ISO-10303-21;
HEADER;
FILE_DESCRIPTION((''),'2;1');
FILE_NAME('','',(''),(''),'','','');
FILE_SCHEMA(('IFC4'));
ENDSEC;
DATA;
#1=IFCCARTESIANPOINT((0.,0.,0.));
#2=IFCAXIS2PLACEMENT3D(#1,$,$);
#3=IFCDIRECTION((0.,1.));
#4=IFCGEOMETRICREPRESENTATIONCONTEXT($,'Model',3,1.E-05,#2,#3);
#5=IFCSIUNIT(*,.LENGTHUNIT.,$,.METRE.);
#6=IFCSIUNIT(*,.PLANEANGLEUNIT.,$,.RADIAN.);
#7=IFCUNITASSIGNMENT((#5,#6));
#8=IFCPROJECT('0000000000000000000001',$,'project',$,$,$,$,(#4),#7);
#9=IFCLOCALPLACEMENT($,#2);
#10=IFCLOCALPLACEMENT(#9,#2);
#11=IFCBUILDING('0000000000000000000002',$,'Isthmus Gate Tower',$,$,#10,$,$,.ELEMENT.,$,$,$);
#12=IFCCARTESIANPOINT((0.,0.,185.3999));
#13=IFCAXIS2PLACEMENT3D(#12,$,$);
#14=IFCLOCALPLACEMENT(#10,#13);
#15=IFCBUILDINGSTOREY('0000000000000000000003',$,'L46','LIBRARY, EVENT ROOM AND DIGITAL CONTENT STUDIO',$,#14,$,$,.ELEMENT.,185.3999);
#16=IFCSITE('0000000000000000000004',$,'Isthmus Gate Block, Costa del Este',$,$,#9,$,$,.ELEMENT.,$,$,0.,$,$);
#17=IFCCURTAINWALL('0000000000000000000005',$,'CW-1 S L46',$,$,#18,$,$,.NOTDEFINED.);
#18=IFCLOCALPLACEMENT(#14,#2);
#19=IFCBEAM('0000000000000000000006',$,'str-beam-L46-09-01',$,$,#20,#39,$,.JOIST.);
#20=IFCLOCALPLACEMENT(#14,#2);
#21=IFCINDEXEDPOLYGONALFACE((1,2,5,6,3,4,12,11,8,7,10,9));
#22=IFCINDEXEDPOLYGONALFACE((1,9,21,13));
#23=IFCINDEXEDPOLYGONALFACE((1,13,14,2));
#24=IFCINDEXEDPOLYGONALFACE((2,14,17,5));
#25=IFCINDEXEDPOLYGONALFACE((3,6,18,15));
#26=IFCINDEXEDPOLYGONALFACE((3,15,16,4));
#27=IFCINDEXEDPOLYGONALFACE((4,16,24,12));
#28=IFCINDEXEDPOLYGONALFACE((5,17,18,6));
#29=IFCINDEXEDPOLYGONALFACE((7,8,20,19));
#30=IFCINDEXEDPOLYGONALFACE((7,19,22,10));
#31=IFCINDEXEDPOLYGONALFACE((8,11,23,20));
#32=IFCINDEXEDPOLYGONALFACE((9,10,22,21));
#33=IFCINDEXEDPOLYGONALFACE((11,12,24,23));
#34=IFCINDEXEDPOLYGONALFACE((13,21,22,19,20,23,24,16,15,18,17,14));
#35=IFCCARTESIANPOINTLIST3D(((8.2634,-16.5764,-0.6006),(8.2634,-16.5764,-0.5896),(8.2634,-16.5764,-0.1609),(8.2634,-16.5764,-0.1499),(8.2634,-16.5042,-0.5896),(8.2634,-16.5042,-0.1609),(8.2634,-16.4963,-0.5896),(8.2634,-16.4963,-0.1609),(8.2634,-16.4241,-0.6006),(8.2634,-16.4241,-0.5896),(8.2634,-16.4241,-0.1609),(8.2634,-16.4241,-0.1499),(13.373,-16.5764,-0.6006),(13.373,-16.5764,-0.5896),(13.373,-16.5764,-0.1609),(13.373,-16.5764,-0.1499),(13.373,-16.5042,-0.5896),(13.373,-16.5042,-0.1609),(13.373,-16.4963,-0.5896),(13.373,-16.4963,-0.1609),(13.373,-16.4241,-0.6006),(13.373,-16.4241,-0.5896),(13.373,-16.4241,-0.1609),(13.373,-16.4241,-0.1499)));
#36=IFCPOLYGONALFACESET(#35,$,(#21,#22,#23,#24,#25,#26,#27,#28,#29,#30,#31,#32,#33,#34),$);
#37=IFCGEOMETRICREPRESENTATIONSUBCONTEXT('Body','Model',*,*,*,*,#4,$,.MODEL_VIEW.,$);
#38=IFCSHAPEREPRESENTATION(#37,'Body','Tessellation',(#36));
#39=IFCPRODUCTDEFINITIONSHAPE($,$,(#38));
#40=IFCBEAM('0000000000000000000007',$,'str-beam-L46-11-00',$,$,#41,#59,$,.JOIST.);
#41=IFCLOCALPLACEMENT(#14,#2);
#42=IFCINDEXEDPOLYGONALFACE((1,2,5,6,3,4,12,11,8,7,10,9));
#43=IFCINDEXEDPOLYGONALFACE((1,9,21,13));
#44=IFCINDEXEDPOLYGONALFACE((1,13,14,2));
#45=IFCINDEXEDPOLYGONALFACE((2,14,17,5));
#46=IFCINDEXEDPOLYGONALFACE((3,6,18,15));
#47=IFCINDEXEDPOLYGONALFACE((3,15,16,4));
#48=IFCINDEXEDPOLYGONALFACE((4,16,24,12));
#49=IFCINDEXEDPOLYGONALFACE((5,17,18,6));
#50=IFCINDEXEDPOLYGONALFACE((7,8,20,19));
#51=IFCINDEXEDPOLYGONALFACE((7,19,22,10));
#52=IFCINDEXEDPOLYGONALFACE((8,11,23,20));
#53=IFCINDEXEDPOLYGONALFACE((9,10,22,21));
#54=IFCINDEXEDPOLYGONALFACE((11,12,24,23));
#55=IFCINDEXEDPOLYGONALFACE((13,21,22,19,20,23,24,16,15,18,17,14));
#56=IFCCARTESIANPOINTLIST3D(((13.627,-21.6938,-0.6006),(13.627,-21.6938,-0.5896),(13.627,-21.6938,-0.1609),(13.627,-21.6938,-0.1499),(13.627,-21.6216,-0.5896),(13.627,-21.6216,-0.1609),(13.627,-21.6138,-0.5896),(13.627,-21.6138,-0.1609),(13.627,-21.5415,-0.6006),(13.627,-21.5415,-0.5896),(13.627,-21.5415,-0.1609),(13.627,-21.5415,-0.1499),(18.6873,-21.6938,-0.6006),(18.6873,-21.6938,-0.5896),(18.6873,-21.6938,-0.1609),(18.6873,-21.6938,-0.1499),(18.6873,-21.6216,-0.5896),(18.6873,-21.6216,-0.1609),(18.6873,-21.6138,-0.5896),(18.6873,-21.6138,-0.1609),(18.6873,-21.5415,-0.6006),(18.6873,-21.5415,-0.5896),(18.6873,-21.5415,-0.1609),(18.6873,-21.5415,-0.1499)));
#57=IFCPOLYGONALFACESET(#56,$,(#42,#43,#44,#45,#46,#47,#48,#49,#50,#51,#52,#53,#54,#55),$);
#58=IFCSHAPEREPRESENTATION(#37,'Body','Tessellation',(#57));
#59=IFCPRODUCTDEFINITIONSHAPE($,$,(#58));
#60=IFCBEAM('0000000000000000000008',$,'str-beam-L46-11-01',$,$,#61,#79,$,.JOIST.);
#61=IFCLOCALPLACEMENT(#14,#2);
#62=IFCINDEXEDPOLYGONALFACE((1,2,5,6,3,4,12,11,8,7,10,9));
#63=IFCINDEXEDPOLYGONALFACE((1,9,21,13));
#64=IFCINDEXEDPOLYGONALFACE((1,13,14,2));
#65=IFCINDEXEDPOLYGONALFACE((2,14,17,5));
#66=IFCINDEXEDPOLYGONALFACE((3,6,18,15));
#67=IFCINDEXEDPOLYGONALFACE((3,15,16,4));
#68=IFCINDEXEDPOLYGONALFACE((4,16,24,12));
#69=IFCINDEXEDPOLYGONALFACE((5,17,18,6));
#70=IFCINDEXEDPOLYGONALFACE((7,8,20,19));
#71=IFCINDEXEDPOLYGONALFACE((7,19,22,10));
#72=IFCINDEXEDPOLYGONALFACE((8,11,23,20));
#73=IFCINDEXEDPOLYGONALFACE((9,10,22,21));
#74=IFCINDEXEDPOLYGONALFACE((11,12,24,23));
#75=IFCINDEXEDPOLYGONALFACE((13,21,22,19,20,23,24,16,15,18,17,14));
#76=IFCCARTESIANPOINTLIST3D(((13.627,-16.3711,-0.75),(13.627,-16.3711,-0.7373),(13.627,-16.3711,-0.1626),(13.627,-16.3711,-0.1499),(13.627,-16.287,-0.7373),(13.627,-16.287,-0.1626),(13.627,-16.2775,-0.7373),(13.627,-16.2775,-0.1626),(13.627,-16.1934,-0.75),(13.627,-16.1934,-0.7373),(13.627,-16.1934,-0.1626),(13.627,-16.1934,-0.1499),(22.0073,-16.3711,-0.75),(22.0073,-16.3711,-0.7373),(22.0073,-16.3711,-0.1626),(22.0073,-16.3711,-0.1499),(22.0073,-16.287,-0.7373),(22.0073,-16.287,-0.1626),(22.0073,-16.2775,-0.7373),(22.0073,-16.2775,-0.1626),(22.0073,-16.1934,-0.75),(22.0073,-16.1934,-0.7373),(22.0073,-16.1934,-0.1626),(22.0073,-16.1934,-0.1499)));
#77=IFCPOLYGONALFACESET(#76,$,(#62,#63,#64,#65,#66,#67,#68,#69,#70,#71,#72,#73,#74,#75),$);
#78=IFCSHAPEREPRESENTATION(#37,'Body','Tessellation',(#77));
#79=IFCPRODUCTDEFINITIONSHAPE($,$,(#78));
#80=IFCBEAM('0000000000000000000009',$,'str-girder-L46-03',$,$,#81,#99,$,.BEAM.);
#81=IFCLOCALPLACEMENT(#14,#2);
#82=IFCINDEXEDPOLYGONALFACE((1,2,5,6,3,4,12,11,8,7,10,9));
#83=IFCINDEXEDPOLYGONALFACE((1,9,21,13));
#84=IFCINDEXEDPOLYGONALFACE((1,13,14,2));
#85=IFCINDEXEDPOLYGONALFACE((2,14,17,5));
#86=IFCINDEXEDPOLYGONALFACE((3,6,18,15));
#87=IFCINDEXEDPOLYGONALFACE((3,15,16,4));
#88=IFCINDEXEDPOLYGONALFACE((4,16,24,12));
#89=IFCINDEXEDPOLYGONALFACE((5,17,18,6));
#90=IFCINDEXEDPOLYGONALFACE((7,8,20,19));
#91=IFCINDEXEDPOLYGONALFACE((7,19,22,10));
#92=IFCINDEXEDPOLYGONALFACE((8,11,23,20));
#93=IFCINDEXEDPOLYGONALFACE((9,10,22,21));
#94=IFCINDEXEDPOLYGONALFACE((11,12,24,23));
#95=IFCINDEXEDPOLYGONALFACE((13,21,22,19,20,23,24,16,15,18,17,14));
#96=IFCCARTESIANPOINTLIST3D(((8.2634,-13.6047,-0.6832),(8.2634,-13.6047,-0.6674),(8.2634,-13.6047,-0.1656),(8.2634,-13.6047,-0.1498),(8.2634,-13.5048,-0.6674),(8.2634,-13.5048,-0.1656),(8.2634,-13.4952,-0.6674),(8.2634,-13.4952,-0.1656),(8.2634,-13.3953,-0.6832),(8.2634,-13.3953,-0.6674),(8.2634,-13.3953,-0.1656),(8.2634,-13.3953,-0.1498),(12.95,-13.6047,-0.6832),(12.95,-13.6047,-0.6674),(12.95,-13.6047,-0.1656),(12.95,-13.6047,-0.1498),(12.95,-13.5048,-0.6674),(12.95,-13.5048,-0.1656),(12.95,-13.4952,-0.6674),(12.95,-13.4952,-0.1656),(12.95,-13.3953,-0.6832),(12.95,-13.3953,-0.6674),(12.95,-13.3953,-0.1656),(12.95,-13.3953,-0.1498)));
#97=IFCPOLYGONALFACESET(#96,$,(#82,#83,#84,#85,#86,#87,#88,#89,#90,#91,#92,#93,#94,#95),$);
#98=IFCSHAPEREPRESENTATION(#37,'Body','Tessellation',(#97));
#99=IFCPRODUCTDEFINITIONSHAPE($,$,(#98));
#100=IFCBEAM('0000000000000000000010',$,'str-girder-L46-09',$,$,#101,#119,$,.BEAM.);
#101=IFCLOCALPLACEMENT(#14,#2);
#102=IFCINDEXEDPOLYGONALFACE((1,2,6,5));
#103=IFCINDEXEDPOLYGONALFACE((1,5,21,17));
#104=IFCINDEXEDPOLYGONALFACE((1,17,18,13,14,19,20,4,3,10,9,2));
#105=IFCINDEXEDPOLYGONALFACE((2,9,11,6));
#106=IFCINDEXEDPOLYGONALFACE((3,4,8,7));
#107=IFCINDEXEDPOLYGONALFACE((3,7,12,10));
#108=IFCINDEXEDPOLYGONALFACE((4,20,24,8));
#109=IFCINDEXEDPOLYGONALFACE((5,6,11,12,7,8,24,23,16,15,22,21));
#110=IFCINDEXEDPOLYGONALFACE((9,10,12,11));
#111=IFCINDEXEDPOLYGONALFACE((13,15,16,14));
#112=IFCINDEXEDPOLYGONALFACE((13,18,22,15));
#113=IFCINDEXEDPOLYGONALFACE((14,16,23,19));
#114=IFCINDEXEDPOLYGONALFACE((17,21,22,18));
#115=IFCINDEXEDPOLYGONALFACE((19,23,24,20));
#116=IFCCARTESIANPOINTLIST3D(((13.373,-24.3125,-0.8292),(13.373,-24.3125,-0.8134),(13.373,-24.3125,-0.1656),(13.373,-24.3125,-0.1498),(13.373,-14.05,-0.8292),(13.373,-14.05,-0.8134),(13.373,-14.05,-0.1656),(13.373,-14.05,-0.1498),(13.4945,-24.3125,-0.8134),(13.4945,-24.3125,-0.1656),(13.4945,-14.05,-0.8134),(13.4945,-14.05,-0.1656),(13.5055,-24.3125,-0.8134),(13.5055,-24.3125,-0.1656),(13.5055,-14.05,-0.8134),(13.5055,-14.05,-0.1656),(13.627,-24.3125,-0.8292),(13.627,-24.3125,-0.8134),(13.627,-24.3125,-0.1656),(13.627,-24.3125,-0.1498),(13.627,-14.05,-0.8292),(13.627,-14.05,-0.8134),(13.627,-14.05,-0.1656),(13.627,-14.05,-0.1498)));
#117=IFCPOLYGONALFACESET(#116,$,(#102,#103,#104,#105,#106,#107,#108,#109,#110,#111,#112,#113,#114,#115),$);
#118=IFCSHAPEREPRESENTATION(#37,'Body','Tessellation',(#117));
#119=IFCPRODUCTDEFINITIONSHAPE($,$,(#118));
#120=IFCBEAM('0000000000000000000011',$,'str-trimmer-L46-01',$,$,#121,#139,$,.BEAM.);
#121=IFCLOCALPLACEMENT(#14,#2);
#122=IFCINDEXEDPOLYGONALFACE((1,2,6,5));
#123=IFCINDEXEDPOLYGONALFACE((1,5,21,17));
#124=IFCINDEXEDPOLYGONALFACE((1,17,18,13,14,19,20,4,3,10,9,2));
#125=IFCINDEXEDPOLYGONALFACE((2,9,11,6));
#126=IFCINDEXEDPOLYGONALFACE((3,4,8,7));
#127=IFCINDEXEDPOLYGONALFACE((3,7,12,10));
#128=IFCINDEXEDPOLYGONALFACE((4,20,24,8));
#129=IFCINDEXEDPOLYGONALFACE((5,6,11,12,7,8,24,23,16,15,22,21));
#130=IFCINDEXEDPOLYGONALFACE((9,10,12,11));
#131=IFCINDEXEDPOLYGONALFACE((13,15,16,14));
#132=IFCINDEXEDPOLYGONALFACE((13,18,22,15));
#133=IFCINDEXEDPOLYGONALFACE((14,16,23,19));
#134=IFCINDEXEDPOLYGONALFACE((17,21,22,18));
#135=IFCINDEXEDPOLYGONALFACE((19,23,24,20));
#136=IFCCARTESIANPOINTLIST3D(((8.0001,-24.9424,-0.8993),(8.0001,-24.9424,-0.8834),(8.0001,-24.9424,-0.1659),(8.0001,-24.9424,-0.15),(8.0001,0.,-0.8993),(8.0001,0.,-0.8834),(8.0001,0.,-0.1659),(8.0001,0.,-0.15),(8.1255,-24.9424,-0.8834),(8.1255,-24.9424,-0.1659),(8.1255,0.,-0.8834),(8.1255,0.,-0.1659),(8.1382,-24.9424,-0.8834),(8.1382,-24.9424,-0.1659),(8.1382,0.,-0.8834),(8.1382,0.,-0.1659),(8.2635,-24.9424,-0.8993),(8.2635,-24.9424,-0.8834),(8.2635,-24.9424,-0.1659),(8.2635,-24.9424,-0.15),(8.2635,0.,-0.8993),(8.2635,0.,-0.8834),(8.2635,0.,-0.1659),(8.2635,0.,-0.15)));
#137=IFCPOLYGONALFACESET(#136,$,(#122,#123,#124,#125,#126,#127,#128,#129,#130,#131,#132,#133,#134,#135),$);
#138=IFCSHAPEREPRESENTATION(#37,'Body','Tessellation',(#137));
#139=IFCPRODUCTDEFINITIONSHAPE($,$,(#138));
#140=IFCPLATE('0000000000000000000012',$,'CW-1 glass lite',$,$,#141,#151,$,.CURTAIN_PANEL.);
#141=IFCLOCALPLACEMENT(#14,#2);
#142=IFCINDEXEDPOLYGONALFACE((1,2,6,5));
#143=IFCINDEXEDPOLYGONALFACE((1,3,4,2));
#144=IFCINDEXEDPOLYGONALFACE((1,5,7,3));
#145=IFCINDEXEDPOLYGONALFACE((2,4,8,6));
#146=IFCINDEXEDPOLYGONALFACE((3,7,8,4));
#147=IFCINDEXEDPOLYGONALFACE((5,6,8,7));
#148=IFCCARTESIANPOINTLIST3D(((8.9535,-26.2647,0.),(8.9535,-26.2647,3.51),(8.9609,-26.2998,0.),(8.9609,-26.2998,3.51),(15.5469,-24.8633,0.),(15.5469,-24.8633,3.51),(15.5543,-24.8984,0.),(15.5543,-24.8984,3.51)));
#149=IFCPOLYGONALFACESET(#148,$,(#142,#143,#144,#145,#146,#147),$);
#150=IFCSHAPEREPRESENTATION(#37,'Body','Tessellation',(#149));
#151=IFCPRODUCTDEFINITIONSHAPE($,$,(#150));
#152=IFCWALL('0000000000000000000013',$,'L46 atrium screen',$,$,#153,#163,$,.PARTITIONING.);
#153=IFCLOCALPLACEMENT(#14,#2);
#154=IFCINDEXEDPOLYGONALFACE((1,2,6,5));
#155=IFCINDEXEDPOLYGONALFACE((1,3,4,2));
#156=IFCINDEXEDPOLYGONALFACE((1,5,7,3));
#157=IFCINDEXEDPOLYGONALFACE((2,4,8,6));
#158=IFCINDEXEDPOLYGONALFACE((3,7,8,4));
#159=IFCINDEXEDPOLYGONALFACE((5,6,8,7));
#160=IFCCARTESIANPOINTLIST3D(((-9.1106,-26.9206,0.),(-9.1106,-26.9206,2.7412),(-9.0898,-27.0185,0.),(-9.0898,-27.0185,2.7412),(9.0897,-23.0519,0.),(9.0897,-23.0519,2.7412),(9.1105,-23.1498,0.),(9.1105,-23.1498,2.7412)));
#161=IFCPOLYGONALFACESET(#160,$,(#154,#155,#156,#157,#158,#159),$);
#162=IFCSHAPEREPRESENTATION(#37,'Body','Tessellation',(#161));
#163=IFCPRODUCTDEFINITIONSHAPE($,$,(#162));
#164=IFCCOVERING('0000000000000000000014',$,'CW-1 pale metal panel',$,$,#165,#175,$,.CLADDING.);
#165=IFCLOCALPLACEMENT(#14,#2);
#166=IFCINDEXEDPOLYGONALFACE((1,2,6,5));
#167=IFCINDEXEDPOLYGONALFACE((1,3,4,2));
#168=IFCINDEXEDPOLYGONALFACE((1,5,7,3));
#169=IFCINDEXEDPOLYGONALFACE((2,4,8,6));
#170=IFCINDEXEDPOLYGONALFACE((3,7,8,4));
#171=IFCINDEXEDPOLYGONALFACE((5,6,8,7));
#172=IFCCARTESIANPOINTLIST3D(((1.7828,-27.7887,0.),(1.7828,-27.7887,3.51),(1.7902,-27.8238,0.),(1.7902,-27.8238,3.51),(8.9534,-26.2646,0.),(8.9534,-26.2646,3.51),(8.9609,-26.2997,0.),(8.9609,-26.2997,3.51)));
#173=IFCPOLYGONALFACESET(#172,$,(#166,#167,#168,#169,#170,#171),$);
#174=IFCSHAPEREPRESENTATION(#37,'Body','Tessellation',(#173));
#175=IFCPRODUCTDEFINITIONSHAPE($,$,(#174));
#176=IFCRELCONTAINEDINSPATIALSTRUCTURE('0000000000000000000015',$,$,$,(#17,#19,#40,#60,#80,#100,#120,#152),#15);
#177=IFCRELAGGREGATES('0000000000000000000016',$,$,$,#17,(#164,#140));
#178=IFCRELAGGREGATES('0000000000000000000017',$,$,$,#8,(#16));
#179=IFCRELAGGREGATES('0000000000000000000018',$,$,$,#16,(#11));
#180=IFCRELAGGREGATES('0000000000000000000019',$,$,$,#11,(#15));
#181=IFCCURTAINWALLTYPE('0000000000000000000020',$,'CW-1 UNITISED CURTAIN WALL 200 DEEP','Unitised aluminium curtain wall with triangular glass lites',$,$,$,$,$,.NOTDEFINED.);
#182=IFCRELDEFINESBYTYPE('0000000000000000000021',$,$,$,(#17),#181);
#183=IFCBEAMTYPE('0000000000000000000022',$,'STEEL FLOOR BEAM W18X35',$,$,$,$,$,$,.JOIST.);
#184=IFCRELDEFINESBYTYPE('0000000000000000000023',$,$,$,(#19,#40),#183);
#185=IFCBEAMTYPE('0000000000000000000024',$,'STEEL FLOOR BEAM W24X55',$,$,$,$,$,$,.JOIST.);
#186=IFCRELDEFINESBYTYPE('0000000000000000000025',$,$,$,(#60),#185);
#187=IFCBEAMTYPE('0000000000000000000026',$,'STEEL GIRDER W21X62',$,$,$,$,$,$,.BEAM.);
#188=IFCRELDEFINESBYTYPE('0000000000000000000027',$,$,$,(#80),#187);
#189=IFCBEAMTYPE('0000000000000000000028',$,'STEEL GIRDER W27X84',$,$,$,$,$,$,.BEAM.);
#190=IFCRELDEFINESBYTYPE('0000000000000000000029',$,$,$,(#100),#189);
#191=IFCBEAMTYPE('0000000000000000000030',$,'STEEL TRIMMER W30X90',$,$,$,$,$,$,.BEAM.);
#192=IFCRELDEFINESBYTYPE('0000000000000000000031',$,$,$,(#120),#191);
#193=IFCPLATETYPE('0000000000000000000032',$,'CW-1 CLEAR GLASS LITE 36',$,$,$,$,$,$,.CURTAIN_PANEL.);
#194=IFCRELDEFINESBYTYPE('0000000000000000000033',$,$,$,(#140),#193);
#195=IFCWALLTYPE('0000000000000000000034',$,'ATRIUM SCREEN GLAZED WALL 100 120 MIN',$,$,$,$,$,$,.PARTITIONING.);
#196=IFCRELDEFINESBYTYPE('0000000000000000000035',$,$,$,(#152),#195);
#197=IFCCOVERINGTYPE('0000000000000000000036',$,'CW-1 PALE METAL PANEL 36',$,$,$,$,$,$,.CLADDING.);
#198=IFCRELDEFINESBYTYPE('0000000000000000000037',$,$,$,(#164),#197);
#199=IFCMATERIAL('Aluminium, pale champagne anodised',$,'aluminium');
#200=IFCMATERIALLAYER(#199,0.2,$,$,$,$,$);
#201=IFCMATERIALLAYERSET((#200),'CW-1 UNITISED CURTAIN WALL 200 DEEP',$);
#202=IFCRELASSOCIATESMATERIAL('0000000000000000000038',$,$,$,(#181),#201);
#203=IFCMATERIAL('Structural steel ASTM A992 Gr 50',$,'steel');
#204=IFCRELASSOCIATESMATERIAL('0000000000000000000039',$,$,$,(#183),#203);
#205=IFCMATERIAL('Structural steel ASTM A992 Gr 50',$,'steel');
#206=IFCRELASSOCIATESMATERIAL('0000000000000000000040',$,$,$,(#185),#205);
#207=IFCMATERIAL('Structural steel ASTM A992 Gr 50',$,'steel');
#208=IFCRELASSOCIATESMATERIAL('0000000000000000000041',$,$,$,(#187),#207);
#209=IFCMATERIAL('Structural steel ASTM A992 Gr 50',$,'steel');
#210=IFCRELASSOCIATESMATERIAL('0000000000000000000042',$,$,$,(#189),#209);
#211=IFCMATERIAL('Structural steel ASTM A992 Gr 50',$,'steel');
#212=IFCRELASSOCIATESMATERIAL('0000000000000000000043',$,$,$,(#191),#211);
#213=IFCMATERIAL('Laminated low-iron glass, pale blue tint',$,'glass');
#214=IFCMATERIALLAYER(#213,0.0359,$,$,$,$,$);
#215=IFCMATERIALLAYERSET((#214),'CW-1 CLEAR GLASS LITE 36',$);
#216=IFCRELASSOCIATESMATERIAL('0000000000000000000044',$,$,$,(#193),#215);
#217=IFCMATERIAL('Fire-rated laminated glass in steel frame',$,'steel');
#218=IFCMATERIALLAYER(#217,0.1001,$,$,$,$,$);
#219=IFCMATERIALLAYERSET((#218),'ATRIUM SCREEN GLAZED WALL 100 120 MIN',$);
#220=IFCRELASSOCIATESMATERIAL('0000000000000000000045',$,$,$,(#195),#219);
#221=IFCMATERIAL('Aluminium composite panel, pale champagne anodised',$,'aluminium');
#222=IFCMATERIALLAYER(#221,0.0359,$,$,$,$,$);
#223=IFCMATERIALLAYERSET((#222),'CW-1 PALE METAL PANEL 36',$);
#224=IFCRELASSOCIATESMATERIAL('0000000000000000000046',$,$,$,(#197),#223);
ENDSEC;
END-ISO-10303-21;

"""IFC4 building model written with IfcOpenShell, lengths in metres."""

from ifc_helpers import new_model, si_unit, direction, frame, frame_2d, origin, origin_2d, place, context, subcontext, project, spatial, rectangle, i_section, extrude, material, layer, layer_set, material_profile, profile_set, type_object, element, aggregate, save


model = new_model("IFC4")

# Units and contexts
model_context = context("Model", 3, precision=1e-05, world=origin(), true_north=direction((0.0, 1.0)))
body_context = subcontext(model_context, "Body", "Model", "MODEL_VIEW")
ifc_project = project(units=[si_unit("LENGTHUNIT", "METRE"), si_unit("PLANEANGLEUNIT", "RADIAN")], contexts=[model_context])

# Site, building, storey
site_placement = place(None, origin())
site = spatial("IfcSite", under=ifc_project, at=site_placement, Name="Isthmus Gate Block, Costa del Este", CompositionType="ELEMENT", RefElevation=0.0)
building_placement = place(site_placement, origin())
building = spatial("IfcBuilding", under=site, at=building_placement, Name="Isthmus Gate Tower", CompositionType="ELEMENT")
storey_placement = place(building_placement, frame((0.0, 0.0, 185.3999)))
storey = spatial("IfcBuildingStorey", under=building, at=storey_placement, Name="L46", Description="LIBRARY, EVENT ROOM AND DIGITAL CONTENT STUDIO", CompositionType="ELEMENT", Elevation=185.3999)

# Curtain wall
ifc_material_1 = material(Name="Aluminium, pale champagne anodised", Category="aluminium")
ifc_layer_1 = layer(ifc_material_1, 0.2)
ifc_layer_set_1 = layer_set([ifc_layer_1], Name="CW-1 UNITISED CURTAIN WALL 200 DEEP")
curtain_wall_type = type_object("IfcCurtainWallType", Name="CW-1 UNITISED CURTAIN WALL 200 DEEP", Description="Unitised aluminium curtain wall with triangular glass lites", PredefinedType="NOTDEFINED", material=ifc_layer_set_1)
curtain_wall_placement = place(storey_placement, origin())
curtain_wall = element("IfcCurtainWall", 1, at=curtain_wall_placement, inside=storey, type_object=curtain_wall_type, Name="CW-1 S L46", PredefinedType="NOTDEFINED")

# Beams
ifc_material_2 = material(Name="Structural steel ASTM A992 Gr 50", Category="steel")
ifc_material_profile_1 = material_profile(ifc_material_2, i_section(OverallWidth=0.1523, OverallDepth=0.4507, WebThickness=0.0078, FlangeThickness=0.011, at=origin_2d()), Name="W18X35")
ifc_profile_set_1 = profile_set([ifc_material_profile_1], Name="Structural steel ASTM A992 Gr 50")
beam_type_1 = type_object("IfcBeamType", Name="STEEL FLOOR BEAM W18X35", PredefinedType="JOIST", material=ifc_profile_set_1)
for number, where, z_axis, x_axis, name in (
    (2, (8.2634, -16.5002, -0.3752), (1.0, 0.0, 0.0), (0.0, 1.0, 0.0), "str-beam-L46-09-01"),
):
    element("IfcBeam", number, at=place(storey_placement, frame(where, z_axis=z_axis, x_axis=x_axis)), inside=storey, type_object=beam_type_1, Name=name, PredefinedType="JOIST", context=body_context, shape_type="SweptSolid", body=[
        extrude(i_section(OverallWidth=0.1523, OverallDepth=0.4507, WebThickness=0.0078, FlangeThickness=0.011, at=origin_2d()), origin(), (0.0, 0.0, 1.0), 5.1096),
    ])
beam_1_placement = place(storey_placement, frame((13.627, -21.6177, -0.3752), z_axis=(1.0, 0.0, 0.0), x_axis=(0.0, 1.0, 0.0)))
element("IfcBeam", 3, at=beam_1_placement, inside=storey, type_object=beam_type_1, Name="str-beam-L46-11-00", PredefinedType="JOIST", context=body_context, shape_type="SweptSolid", body=[
    extrude(i_section(OverallWidth=0.1523, OverallDepth=0.4507, WebThickness=0.0078, FlangeThickness=0.011, at=origin_2d()), origin(), (0.0, 0.0, 1.0), 5.0603),
])
ifc_material_3 = material(Name="Structural steel ASTM A992 Gr 50", Category="steel")
ifc_material_profile_2 = material_profile(ifc_material_3, i_section(OverallWidth=0.1777, OverallDepth=0.6001, WebThickness=0.0095, FlangeThickness=0.0127, at=origin_2d()), Name="W24X55")
ifc_profile_set_2 = profile_set([ifc_material_profile_2], Name="Structural steel ASTM A992 Gr 50")
beam_type_2 = type_object("IfcBeamType", Name="STEEL FLOOR BEAM W24X55", PredefinedType="JOIST", material=ifc_profile_set_2)
beam_2_placement = place(storey_placement, frame((13.627, -16.2822, -0.45), z_axis=(1.0, 0.0, 0.0), x_axis=(0.0, 1.0, 0.0)))
element("IfcBeam", 4, at=beam_2_placement, inside=storey, type_object=beam_type_2, Name="str-beam-L46-11-01", PredefinedType="JOIST", context=body_context, shape_type="SweptSolid", body=[
    extrude(i_section(OverallWidth=0.1777, OverallDepth=0.6001, WebThickness=0.0095, FlangeThickness=0.0127, at=origin_2d()), origin(), (0.0, 0.0, 1.0), 8.3804),
])
ifc_material_4 = material(Name="Structural steel ASTM A992 Gr 50", Category="steel")
ifc_material_profile_3 = material_profile(ifc_material_4, i_section(OverallWidth=0.2095, OverallDepth=0.5334, WebThickness=0.0095, FlangeThickness=0.0159, at=origin_2d()), Name="W21X62")
ifc_profile_set_3 = profile_set([ifc_material_profile_3], Name="Structural steel ASTM A992 Gr 50")
beam_type_3 = type_object("IfcBeamType", Name="STEEL GIRDER W21X62", PredefinedType="BEAM", material=ifc_profile_set_3)
beam_3_placement = place(storey_placement, frame((8.2634, -13.5, -0.4165), z_axis=(1.0, 0.0, 0.0), x_axis=(0.0, 1.0, 0.0)))
element("IfcBeam", 5, at=beam_3_placement, inside=storey, type_object=beam_type_3, Name="str-girder-L46-03", PredefinedType="BEAM", context=body_context, shape_type="SweptSolid", body=[
    extrude(i_section(OverallWidth=0.2095, OverallDepth=0.5334, WebThickness=0.0095, FlangeThickness=0.0159, at=origin_2d()), origin(), (0.0, 0.0, 1.0), 4.6865),
])
ifc_material_5 = material(Name="Structural steel ASTM A992 Gr 50", Category="steel")
ifc_material_profile_4 = material_profile(ifc_material_5, i_section(OverallWidth=0.2539, OverallDepth=0.6794, WebThickness=0.011, FlangeThickness=0.0159, at=origin_2d()), Name="W27X84")
ifc_profile_set_4 = profile_set([ifc_material_profile_4], Name="Structural steel ASTM A992 Gr 50")
beam_type_4 = type_object("IfcBeamType", Name="STEEL GIRDER W27X84", PredefinedType="BEAM", material=ifc_profile_set_4)
beam_4_placement = place(storey_placement, frame((13.5, -24.3125, -0.4895), z_axis=(0.0, 1.0, 0.0), x_axis=(-1.0, 0.0, 0.0)))
element("IfcBeam", 6, at=beam_4_placement, inside=storey, type_object=beam_type_4, Name="str-girder-L46-09", PredefinedType="BEAM", context=body_context, shape_type="SweptSolid", body=[
    extrude(i_section(OverallWidth=0.2539, OverallDepth=0.6794, WebThickness=0.011, FlangeThickness=0.0159, at=origin_2d()), origin(), (0.0, 0.0, 1.0), 10.2625),
])
ifc_material_6 = material(Name="Structural steel ASTM A992 Gr 50", Category="steel")
ifc_material_profile_5 = material_profile(ifc_material_6, i_section(OverallWidth=0.2634, OverallDepth=0.7493, WebThickness=0.0127, FlangeThickness=0.0159, at=origin_2d()), Name="W30X90")
ifc_profile_set_5 = profile_set([ifc_material_profile_5], Name="Structural steel ASTM A992 Gr 50")
beam_type_5 = type_object("IfcBeamType", Name="STEEL TRIMMER W30X90", PredefinedType="BEAM", material=ifc_profile_set_5)
beam_5_placement = place(storey_placement, frame((8.1318, -24.9424, -0.5247), z_axis=(0.0, 1.0, 0.0), x_axis=(-1.0, 0.0, 0.0)))
element("IfcBeam", 7, at=beam_5_placement, inside=storey, type_object=beam_type_5, Name="str-trimmer-L46-01", PredefinedType="BEAM", context=body_context, shape_type="SweptSolid", body=[
    extrude(i_section(OverallWidth=0.2634, OverallDepth=0.7493, WebThickness=0.0127, FlangeThickness=0.0159, at=origin_2d()), origin(), (0.0, 0.0, 1.0), 24.9424),
])

# Plate
ifc_material_7 = material(Name="Laminated low-iron glass, pale blue tint", Category="glass")
ifc_layer_2 = layer(ifc_material_7, 0.0359)
ifc_layer_set_2 = layer_set([ifc_layer_2], Name="CW-1 CLEAR GLASS LITE 36")
plate_type = type_object("IfcPlateType", Name="CW-1 CLEAR GLASS LITE 36", PredefinedType="CURTAIN_PANEL", material=ifc_layer_set_2)
plate_placement = place(storey_placement, frame((12.2539, -25.5815, 0.0), z_axis=(0.0, 0.0, 1.0), x_axis=(0.978148, 0.207912, 0.0)))
plate = element("IfcPlate", 8, at=plate_placement, type_object=plate_type, Name="CW-1 glass lite", PredefinedType="CURTAIN_PANEL", context=body_context, shape_type="SweptSolid", body=[
    extrude(rectangle(XDim=6.7407, YDim=0.0359, at=origin_2d()), origin(), (0.0, 0.0, 1.0), 3.51),
])

# Wall
ifc_material_8 = material(Name="Fire-rated laminated glass in steel frame", Category="steel")
ifc_layer_3 = layer(ifc_material_8, 0.1001)
ifc_layer_set_3 = layer_set([ifc_layer_3], Name="ATRIUM SCREEN GLAZED WALL 100 120 MIN")
wall_type = type_object("IfcWallType", Name="ATRIUM SCREEN GLAZED WALL 100 120 MIN", PredefinedType="PARTITIONING", material=ifc_layer_set_3)
wall_placement = place(storey_placement, frame((9.1001, -23.1008, 0.0), z_axis=(0.0, 0.0, 1.0), x_axis=(-0.978147, -0.207916, 0.0)))
element("IfcWall", 9, at=wall_placement, inside=storey, type_object=wall_type, Name="L46 atrium screen", PredefinedType="PARTITIONING", context=body_context, shape_type="SweptSolid", body=[
    extrude(rectangle(XDim=18.6069, YDim=0.1001, at=frame_2d((9.3035, 0.0))), origin(), (0.0, 0.0, 1.0), 2.7412),
])

# Covering
ifc_material_9 = material(Name="Aluminium composite panel, pale champagne anodised", Category="aluminium")
ifc_layer_4 = layer(ifc_material_9, 0.0359)
ifc_layer_set_4 = layer_set([ifc_layer_4], Name="CW-1 PALE METAL PANEL 36")
covering_type = type_object("IfcCoveringType", Name="CW-1 PALE METAL PANEL 36", PredefinedType="CLADDING", material=ifc_layer_set_4)
covering_placement = place(storey_placement, frame((5.3718, -27.0442, 0.0), z_axis=(0.0, 0.0, 1.0), x_axis=(0.978148, 0.207912, 0.0)))
covering = element("IfcCovering", 10, at=covering_placement, type_object=covering_type, Name="CW-1 pale metal panel", PredefinedType="CLADDING", context=body_context, shape_type="SweptSolid", body=[
    extrude(rectangle(XDim=7.3308, YDim=0.0359, at=origin_2d()), origin(), (0.0, 0.0, 1.0), 3.51),
])
aggregate(curtain_wall, [covering, plate])

save(model, "model.ifc")
